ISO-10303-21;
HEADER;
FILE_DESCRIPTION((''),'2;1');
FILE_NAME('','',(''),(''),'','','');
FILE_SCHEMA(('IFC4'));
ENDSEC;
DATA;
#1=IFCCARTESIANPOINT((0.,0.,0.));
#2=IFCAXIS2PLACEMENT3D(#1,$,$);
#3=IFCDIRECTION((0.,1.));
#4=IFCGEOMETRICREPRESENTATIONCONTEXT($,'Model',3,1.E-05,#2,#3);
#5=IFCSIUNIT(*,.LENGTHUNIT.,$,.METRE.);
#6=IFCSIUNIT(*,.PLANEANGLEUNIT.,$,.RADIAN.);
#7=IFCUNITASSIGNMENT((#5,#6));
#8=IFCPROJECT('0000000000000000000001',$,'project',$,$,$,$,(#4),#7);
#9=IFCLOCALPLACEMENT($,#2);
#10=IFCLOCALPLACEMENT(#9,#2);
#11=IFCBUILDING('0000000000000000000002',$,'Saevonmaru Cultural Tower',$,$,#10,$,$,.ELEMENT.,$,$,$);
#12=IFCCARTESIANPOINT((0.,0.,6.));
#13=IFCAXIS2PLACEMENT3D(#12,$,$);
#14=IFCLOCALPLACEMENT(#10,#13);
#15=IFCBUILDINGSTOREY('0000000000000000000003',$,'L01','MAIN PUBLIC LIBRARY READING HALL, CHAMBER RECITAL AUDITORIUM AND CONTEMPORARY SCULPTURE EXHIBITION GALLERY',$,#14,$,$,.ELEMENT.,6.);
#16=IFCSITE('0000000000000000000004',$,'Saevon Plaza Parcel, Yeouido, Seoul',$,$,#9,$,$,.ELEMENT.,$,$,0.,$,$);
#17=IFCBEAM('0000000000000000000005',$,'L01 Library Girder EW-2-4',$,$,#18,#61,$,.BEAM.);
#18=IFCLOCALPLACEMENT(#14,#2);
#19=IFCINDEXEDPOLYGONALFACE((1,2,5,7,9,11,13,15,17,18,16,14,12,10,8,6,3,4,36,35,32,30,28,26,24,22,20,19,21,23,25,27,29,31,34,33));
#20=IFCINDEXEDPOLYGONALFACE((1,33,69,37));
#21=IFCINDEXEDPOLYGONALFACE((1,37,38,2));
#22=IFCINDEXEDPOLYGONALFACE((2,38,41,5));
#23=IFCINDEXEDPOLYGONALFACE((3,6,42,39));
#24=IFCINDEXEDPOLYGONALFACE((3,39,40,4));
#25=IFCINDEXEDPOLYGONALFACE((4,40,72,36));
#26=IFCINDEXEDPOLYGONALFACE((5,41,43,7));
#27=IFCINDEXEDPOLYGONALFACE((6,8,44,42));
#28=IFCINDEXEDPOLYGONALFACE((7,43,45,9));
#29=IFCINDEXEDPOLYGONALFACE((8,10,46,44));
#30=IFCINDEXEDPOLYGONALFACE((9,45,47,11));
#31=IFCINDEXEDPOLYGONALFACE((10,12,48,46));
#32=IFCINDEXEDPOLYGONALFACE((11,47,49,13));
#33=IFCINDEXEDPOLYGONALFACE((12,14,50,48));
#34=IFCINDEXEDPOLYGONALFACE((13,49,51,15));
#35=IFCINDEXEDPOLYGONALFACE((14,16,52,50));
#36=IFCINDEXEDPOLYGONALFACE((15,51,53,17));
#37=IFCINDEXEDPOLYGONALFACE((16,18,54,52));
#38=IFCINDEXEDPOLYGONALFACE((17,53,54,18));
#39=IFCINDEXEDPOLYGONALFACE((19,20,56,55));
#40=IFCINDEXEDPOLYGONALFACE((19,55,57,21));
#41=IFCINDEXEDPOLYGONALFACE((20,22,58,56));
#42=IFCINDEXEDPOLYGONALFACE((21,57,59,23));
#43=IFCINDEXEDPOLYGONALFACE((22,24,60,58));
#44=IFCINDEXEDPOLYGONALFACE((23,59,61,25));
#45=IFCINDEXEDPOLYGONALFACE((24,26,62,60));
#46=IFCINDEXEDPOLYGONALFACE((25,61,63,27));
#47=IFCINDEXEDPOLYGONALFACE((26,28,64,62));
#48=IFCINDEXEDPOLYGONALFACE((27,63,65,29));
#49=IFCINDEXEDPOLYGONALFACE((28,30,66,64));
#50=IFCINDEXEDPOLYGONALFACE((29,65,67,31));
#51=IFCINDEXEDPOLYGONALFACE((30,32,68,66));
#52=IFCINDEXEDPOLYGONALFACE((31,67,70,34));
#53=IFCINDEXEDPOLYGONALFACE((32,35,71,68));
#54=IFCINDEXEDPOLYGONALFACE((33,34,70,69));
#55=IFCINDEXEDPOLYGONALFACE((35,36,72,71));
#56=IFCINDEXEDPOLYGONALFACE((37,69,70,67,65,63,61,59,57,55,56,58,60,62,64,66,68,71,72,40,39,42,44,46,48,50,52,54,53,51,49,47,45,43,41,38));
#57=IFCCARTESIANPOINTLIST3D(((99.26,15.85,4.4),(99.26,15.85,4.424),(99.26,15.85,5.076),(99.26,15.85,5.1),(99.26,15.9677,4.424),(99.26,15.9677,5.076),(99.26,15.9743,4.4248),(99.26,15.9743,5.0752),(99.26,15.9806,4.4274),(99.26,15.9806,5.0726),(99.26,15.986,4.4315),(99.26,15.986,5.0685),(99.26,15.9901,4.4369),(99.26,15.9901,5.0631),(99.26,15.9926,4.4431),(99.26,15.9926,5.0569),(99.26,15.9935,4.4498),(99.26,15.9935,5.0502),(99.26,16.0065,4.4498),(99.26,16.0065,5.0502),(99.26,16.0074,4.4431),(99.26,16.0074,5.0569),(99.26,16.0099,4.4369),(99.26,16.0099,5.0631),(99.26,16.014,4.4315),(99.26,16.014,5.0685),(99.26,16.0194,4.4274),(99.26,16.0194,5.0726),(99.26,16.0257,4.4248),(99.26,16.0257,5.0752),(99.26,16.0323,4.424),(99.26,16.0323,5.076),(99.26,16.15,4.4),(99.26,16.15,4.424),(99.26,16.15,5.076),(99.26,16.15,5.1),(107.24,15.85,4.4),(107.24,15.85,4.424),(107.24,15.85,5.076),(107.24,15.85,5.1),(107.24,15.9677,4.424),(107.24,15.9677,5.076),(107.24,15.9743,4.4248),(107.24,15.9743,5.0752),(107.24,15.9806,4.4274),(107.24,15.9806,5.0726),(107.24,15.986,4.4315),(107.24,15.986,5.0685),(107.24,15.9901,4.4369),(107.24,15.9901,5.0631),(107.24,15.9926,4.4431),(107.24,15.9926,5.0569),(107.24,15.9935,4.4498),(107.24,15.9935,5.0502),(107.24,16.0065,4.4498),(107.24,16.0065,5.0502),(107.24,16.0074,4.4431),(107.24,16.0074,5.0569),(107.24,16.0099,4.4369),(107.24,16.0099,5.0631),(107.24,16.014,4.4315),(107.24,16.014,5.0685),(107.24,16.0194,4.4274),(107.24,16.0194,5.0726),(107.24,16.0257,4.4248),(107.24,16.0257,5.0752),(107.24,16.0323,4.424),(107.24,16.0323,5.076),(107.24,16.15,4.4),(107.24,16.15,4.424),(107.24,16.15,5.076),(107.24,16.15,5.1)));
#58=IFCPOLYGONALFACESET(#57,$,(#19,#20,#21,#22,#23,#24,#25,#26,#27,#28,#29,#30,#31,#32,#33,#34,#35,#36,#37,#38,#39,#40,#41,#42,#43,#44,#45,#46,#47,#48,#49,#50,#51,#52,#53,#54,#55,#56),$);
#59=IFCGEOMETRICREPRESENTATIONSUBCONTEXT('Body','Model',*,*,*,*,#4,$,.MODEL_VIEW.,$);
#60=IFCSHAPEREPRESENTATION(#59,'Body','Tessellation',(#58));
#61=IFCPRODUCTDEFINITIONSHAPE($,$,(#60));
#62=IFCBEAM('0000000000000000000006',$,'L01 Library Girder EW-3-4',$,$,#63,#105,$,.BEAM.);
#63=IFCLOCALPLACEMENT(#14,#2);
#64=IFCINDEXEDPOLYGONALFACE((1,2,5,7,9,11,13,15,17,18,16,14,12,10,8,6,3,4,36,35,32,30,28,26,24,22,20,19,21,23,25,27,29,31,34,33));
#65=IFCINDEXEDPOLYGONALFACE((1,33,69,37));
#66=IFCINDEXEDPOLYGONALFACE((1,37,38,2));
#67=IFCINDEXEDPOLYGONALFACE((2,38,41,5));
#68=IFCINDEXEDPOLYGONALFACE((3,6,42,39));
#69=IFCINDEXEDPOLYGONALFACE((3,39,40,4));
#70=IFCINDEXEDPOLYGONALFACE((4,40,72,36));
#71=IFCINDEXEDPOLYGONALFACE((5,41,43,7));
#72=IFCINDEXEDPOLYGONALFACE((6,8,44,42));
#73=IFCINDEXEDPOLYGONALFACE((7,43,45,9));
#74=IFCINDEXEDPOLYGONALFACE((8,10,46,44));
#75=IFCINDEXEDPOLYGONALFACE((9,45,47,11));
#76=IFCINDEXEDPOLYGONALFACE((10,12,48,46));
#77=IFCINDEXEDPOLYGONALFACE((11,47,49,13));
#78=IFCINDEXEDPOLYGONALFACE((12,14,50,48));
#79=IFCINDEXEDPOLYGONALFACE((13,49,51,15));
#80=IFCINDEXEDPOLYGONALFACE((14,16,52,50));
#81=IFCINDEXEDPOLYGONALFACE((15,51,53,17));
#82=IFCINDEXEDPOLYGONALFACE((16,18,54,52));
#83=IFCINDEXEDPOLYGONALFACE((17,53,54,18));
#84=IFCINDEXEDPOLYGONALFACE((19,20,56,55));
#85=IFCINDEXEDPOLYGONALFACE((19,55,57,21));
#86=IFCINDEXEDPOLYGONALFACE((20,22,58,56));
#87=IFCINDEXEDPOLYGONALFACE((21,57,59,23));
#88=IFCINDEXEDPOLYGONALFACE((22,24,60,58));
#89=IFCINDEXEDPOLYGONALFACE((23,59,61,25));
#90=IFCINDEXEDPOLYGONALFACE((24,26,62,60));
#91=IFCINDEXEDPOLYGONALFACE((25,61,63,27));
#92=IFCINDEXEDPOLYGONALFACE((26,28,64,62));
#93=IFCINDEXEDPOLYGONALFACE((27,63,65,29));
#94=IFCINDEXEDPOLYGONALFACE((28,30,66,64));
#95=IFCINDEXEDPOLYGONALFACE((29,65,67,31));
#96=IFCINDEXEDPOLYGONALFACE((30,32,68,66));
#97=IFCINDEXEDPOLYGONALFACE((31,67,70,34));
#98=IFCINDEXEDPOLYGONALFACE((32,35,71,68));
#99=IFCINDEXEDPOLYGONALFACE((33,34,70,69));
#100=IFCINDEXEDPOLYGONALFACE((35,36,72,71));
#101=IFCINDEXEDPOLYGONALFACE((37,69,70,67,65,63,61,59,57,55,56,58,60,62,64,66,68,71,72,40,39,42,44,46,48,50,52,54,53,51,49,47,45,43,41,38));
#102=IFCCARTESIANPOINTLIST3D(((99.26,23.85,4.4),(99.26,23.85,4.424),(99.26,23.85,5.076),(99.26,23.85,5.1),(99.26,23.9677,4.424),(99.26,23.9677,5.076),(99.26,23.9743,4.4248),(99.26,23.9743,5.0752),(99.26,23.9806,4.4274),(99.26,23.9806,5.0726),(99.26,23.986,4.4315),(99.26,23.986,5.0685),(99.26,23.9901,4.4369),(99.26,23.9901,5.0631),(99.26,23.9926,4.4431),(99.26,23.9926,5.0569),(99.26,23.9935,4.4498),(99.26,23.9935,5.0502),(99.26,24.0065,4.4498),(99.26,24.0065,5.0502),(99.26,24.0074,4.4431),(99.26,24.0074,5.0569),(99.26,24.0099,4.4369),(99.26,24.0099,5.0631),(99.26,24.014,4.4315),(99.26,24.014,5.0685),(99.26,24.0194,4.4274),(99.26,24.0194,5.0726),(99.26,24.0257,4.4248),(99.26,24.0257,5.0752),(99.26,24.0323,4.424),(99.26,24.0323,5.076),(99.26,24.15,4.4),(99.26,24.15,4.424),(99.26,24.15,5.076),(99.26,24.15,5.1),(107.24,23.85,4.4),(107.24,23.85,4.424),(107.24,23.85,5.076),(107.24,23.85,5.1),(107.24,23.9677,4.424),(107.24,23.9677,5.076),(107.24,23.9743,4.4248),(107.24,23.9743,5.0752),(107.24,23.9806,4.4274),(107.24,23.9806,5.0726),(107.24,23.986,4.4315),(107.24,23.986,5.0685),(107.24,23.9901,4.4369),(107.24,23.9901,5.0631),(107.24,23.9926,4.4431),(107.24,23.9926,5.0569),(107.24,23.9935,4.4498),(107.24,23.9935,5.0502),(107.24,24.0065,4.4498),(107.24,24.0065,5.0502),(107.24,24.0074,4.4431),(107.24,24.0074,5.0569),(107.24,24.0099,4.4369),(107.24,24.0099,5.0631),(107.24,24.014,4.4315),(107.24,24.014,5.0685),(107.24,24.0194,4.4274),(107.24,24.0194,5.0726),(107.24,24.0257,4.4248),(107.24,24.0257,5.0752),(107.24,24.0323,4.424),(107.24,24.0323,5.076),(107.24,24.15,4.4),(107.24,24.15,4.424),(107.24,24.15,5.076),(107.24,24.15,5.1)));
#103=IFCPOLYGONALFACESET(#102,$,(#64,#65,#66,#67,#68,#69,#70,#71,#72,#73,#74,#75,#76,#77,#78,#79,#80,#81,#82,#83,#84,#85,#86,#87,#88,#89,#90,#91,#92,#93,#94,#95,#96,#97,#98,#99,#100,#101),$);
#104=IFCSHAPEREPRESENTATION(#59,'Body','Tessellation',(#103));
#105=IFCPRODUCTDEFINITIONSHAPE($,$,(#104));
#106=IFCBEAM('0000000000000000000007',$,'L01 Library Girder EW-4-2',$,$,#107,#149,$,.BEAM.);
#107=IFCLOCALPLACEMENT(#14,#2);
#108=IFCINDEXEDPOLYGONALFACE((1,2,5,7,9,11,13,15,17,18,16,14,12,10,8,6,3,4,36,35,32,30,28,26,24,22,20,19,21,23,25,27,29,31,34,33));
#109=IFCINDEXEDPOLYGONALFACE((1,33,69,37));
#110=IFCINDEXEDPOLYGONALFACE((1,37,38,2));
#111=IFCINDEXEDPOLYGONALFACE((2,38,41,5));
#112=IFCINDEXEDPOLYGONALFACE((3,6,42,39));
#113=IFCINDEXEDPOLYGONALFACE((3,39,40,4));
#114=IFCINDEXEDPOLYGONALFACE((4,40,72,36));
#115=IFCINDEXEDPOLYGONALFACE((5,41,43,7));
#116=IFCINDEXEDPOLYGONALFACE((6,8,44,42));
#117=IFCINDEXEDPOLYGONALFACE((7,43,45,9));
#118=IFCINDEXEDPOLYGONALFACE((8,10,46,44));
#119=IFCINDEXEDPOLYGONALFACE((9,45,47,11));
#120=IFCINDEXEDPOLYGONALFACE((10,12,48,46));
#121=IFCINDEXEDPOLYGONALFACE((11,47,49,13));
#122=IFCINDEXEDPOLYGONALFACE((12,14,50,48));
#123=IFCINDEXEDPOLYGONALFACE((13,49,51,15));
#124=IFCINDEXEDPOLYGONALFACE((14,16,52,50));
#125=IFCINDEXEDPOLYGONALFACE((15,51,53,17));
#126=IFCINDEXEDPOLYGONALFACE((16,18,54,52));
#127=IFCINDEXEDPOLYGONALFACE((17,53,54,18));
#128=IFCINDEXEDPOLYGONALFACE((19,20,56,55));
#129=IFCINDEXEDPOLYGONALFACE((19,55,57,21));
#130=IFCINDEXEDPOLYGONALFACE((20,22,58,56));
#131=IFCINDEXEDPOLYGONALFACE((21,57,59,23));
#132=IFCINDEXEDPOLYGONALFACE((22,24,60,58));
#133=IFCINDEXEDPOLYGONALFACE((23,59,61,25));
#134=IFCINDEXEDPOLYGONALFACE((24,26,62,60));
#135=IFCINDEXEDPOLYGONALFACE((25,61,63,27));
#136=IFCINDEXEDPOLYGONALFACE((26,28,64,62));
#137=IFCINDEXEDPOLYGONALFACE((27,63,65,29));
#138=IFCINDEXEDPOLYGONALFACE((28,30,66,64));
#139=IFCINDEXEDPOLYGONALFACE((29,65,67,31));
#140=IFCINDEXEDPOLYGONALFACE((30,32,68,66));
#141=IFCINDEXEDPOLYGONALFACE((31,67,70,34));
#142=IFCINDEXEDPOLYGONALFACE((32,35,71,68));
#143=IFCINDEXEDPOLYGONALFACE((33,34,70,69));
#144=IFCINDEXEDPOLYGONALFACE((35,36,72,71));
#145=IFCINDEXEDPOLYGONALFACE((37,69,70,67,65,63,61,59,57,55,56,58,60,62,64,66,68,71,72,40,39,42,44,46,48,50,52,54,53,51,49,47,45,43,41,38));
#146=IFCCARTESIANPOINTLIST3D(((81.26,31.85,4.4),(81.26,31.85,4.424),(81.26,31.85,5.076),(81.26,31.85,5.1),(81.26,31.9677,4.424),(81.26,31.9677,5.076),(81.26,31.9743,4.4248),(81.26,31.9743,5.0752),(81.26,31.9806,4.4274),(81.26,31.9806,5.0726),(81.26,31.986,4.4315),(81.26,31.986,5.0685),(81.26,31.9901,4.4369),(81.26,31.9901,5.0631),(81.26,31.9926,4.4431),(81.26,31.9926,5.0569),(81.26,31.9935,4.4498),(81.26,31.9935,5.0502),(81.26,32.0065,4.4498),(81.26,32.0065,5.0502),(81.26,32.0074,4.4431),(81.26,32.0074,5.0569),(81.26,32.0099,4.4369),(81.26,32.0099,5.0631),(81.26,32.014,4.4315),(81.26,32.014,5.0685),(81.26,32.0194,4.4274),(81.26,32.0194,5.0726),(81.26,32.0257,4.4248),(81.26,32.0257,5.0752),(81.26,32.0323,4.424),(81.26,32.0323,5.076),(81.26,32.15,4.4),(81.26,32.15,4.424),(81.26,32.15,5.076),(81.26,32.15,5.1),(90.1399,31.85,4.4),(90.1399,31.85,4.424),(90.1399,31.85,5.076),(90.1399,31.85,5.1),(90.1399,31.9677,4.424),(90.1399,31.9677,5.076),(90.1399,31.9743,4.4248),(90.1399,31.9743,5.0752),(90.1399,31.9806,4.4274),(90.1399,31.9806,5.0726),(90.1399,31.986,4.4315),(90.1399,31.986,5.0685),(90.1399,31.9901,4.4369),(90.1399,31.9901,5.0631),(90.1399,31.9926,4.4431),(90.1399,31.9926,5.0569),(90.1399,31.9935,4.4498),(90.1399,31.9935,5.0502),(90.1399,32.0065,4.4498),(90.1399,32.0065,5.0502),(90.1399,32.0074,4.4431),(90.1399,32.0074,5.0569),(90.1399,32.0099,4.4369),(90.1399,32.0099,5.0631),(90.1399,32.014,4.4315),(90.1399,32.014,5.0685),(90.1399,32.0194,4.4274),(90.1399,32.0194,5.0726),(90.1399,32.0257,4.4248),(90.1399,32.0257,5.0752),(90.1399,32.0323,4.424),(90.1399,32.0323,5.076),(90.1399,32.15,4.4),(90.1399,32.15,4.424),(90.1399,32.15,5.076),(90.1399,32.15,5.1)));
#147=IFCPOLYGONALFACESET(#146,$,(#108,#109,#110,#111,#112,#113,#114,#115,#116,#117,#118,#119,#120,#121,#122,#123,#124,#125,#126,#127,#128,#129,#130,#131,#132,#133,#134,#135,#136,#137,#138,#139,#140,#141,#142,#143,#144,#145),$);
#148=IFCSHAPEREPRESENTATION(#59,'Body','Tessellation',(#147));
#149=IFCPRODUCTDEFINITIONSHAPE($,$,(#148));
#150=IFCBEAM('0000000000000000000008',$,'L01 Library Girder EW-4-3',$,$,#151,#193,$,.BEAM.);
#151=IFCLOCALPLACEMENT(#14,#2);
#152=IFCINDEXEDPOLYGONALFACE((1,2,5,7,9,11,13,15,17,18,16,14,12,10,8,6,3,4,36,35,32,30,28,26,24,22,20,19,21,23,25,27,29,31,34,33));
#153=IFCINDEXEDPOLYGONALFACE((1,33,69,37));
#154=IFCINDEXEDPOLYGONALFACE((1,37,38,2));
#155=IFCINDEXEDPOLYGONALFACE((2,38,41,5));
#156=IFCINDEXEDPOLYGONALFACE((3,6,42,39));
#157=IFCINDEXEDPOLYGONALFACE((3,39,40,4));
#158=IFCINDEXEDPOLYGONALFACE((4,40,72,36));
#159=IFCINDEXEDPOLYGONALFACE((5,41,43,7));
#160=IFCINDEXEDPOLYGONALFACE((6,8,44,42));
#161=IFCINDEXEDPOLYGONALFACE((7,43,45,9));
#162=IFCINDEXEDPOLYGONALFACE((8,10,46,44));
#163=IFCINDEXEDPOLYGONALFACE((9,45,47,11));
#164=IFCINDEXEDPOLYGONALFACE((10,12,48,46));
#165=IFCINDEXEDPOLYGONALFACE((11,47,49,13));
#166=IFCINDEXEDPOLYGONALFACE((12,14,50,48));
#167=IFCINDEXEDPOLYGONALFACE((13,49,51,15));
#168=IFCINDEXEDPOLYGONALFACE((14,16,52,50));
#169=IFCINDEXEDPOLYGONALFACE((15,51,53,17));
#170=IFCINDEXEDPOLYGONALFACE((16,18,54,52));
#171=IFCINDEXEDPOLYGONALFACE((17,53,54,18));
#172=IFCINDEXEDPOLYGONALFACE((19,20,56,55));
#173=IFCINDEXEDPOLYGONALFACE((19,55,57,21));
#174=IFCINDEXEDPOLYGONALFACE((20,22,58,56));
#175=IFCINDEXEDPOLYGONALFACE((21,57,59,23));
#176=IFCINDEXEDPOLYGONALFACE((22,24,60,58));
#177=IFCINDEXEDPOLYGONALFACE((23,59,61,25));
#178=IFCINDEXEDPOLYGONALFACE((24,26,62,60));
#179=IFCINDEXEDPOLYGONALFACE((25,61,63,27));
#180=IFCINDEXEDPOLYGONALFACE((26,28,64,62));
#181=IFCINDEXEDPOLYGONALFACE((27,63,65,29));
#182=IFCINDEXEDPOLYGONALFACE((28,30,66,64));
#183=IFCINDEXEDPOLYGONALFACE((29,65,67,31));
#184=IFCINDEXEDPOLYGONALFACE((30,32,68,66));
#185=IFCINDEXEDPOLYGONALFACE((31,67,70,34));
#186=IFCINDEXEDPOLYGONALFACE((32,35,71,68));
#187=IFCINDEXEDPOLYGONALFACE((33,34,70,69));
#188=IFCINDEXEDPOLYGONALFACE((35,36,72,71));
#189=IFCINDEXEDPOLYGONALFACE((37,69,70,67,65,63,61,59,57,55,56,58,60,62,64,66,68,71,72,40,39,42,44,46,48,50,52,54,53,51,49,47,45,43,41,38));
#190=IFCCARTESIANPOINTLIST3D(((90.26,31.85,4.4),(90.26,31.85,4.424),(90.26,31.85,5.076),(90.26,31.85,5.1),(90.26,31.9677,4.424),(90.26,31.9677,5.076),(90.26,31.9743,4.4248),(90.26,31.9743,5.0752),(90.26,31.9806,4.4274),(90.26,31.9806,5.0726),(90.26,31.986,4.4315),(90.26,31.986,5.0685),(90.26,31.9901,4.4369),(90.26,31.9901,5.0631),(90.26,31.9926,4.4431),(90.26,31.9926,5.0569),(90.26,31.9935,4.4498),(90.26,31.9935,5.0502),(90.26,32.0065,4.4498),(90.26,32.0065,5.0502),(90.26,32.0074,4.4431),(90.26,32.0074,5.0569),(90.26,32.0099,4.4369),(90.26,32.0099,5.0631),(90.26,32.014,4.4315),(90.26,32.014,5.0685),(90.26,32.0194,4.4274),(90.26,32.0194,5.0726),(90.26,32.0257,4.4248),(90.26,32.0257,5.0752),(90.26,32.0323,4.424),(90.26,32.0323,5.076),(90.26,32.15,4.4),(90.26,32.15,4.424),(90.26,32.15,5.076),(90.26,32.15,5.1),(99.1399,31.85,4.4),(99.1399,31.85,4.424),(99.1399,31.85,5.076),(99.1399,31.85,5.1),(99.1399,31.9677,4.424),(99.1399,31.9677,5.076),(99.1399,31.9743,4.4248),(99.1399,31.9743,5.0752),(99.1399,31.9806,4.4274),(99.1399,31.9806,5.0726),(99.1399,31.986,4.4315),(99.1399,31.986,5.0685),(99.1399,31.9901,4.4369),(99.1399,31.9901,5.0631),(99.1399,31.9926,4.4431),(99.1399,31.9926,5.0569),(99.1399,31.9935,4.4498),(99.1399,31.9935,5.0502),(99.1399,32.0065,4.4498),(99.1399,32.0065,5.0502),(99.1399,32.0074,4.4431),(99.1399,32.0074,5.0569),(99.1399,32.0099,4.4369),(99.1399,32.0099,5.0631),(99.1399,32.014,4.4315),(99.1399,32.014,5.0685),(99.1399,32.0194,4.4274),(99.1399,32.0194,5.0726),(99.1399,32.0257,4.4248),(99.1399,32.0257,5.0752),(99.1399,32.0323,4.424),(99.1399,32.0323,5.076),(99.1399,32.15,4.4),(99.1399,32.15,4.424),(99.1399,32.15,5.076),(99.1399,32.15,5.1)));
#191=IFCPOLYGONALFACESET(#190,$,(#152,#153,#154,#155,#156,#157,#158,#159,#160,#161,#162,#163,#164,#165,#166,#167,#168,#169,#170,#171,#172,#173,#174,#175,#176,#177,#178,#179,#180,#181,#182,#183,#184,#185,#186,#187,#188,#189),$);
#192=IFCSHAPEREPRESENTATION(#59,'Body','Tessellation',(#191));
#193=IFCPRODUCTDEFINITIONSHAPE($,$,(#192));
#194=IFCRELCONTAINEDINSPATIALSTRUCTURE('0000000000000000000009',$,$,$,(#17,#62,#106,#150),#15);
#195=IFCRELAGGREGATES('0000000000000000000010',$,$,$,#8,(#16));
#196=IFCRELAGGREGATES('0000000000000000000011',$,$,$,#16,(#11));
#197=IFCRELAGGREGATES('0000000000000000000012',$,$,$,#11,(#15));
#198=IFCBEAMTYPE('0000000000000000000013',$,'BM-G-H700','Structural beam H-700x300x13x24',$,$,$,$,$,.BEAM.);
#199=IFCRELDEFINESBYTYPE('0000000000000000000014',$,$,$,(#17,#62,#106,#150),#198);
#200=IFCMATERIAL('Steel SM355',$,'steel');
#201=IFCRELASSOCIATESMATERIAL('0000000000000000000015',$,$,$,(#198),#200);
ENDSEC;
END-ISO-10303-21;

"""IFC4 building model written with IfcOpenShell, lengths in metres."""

from ifc_helpers import new_model, si_unit, direction, frame, origin, origin_2d, place, context, subcontext, project, spatial, i_section, extrude, material, material_profile, profile_set, type_object, element, save


model = new_model("IFC4")

# Units and contexts
model_context = context("Model", 3, precision=1e-05, world=origin(), true_north=direction((0.0, 1.0)))
body_context = subcontext(model_context, "Body", "Model", "MODEL_VIEW")
ifc_project = project(units=[si_unit("LENGTHUNIT", "METRE"), si_unit("PLANEANGLEUNIT", "RADIAN")], contexts=[model_context])

# Site, building, storey
site_placement = place(None, origin())
site = spatial("IfcSite", under=ifc_project, at=site_placement, Name="Saevon Plaza Parcel, Yeouido, Seoul", CompositionType="ELEMENT", RefElevation=0.0)
building_placement = place(site_placement, origin())
building = spatial("IfcBuilding", under=site, at=building_placement, Name="Saevonmaru Cultural Tower", CompositionType="ELEMENT")
storey_placement = place(building_placement, frame((0.0, 0.0, 6.0)))
storey = spatial("IfcBuildingStorey", under=building, at=storey_placement, Name="L01", Description="MAIN PUBLIC LIBRARY READING HALL, CHAMBER RECITAL AUDITORIUM AND CONTEMPORARY SCULPTURE EXHIBITION GALLERY", CompositionType="ELEMENT", Elevation=6.0)

# Shared definitions
ifc_material_1 = material(Name="Steel SM355", Category="steel")

# Beams
ifc_material_profile_1 = material_profile(ifc_material_1, i_section(OverallWidth=0.3, OverallDepth=0.7, WebThickness=0.0129, FlangeThickness=0.0239, FilletRadius=0.0259, at=origin_2d()), Name="H-700x300x13x24")
ifc_profile_set_1 = profile_set([ifc_material_profile_1], Name="Steel SM355")
beam_type_1 = type_object("IfcBeamType", Name="BM-G-H700", Description="Structural beam H-700x300x13x24", PredefinedType="BEAM", material=ifc_profile_set_1)
for number, where, z_axis, x_axis, name in (
    (1, (99.26, 16.0, 4.75), (1.0, 0.0, 0.0), (0.0, 1.0, 0.0), "L01 Library Girder EW-2-4"),
    (2, (99.26, 24.0, 4.75), (1.0, 0.0, 0.0), (0.0, 1.0, 0.0), "L01 Library Girder EW-3-4"),
):
    element("IfcBeam", number, at=place(storey_placement, frame(where, z_axis=z_axis, x_axis=x_axis)), inside=storey, type_object=beam_type_1, Name=name, PredefinedType="BEAM", context=body_context, shape_type="SweptSolid", body=[
        extrude(i_section(OverallWidth=0.3, OverallDepth=0.7, WebThickness=0.0129, FlangeThickness=0.0239, FilletRadius=0.0259, at=origin_2d()), origin(), (0.0, 0.0, 1.0), 7.98),
    ])
for number, where, z_axis, x_axis, name in (
    (3, (81.26, 32.0, 4.75), (1.0, 0.0, 0.0), (0.0, 1.0, 0.0), "L01 Library Girder EW-4-2"),
    (4, (90.26, 32.0, 4.75), (1.0, 0.0, 0.0), (0.0, 1.0, 0.0), "L01 Library Girder EW-4-3"),
):
    element("IfcBeam", number, at=place(storey_placement, frame(where, z_axis=z_axis, x_axis=x_axis)), inside=storey, type_object=beam_type_1, Name=name, PredefinedType="BEAM", context=body_context, shape_type="SweptSolid", body=[
        extrude(i_section(OverallWidth=0.3, OverallDepth=0.7, WebThickness=0.0129, FlangeThickness=0.0239, FilletRadius=0.0259, at=origin_2d()), origin(), (0.0, 0.0, 1.0), 8.8799),
    ])

save(model, "model.ifc")
